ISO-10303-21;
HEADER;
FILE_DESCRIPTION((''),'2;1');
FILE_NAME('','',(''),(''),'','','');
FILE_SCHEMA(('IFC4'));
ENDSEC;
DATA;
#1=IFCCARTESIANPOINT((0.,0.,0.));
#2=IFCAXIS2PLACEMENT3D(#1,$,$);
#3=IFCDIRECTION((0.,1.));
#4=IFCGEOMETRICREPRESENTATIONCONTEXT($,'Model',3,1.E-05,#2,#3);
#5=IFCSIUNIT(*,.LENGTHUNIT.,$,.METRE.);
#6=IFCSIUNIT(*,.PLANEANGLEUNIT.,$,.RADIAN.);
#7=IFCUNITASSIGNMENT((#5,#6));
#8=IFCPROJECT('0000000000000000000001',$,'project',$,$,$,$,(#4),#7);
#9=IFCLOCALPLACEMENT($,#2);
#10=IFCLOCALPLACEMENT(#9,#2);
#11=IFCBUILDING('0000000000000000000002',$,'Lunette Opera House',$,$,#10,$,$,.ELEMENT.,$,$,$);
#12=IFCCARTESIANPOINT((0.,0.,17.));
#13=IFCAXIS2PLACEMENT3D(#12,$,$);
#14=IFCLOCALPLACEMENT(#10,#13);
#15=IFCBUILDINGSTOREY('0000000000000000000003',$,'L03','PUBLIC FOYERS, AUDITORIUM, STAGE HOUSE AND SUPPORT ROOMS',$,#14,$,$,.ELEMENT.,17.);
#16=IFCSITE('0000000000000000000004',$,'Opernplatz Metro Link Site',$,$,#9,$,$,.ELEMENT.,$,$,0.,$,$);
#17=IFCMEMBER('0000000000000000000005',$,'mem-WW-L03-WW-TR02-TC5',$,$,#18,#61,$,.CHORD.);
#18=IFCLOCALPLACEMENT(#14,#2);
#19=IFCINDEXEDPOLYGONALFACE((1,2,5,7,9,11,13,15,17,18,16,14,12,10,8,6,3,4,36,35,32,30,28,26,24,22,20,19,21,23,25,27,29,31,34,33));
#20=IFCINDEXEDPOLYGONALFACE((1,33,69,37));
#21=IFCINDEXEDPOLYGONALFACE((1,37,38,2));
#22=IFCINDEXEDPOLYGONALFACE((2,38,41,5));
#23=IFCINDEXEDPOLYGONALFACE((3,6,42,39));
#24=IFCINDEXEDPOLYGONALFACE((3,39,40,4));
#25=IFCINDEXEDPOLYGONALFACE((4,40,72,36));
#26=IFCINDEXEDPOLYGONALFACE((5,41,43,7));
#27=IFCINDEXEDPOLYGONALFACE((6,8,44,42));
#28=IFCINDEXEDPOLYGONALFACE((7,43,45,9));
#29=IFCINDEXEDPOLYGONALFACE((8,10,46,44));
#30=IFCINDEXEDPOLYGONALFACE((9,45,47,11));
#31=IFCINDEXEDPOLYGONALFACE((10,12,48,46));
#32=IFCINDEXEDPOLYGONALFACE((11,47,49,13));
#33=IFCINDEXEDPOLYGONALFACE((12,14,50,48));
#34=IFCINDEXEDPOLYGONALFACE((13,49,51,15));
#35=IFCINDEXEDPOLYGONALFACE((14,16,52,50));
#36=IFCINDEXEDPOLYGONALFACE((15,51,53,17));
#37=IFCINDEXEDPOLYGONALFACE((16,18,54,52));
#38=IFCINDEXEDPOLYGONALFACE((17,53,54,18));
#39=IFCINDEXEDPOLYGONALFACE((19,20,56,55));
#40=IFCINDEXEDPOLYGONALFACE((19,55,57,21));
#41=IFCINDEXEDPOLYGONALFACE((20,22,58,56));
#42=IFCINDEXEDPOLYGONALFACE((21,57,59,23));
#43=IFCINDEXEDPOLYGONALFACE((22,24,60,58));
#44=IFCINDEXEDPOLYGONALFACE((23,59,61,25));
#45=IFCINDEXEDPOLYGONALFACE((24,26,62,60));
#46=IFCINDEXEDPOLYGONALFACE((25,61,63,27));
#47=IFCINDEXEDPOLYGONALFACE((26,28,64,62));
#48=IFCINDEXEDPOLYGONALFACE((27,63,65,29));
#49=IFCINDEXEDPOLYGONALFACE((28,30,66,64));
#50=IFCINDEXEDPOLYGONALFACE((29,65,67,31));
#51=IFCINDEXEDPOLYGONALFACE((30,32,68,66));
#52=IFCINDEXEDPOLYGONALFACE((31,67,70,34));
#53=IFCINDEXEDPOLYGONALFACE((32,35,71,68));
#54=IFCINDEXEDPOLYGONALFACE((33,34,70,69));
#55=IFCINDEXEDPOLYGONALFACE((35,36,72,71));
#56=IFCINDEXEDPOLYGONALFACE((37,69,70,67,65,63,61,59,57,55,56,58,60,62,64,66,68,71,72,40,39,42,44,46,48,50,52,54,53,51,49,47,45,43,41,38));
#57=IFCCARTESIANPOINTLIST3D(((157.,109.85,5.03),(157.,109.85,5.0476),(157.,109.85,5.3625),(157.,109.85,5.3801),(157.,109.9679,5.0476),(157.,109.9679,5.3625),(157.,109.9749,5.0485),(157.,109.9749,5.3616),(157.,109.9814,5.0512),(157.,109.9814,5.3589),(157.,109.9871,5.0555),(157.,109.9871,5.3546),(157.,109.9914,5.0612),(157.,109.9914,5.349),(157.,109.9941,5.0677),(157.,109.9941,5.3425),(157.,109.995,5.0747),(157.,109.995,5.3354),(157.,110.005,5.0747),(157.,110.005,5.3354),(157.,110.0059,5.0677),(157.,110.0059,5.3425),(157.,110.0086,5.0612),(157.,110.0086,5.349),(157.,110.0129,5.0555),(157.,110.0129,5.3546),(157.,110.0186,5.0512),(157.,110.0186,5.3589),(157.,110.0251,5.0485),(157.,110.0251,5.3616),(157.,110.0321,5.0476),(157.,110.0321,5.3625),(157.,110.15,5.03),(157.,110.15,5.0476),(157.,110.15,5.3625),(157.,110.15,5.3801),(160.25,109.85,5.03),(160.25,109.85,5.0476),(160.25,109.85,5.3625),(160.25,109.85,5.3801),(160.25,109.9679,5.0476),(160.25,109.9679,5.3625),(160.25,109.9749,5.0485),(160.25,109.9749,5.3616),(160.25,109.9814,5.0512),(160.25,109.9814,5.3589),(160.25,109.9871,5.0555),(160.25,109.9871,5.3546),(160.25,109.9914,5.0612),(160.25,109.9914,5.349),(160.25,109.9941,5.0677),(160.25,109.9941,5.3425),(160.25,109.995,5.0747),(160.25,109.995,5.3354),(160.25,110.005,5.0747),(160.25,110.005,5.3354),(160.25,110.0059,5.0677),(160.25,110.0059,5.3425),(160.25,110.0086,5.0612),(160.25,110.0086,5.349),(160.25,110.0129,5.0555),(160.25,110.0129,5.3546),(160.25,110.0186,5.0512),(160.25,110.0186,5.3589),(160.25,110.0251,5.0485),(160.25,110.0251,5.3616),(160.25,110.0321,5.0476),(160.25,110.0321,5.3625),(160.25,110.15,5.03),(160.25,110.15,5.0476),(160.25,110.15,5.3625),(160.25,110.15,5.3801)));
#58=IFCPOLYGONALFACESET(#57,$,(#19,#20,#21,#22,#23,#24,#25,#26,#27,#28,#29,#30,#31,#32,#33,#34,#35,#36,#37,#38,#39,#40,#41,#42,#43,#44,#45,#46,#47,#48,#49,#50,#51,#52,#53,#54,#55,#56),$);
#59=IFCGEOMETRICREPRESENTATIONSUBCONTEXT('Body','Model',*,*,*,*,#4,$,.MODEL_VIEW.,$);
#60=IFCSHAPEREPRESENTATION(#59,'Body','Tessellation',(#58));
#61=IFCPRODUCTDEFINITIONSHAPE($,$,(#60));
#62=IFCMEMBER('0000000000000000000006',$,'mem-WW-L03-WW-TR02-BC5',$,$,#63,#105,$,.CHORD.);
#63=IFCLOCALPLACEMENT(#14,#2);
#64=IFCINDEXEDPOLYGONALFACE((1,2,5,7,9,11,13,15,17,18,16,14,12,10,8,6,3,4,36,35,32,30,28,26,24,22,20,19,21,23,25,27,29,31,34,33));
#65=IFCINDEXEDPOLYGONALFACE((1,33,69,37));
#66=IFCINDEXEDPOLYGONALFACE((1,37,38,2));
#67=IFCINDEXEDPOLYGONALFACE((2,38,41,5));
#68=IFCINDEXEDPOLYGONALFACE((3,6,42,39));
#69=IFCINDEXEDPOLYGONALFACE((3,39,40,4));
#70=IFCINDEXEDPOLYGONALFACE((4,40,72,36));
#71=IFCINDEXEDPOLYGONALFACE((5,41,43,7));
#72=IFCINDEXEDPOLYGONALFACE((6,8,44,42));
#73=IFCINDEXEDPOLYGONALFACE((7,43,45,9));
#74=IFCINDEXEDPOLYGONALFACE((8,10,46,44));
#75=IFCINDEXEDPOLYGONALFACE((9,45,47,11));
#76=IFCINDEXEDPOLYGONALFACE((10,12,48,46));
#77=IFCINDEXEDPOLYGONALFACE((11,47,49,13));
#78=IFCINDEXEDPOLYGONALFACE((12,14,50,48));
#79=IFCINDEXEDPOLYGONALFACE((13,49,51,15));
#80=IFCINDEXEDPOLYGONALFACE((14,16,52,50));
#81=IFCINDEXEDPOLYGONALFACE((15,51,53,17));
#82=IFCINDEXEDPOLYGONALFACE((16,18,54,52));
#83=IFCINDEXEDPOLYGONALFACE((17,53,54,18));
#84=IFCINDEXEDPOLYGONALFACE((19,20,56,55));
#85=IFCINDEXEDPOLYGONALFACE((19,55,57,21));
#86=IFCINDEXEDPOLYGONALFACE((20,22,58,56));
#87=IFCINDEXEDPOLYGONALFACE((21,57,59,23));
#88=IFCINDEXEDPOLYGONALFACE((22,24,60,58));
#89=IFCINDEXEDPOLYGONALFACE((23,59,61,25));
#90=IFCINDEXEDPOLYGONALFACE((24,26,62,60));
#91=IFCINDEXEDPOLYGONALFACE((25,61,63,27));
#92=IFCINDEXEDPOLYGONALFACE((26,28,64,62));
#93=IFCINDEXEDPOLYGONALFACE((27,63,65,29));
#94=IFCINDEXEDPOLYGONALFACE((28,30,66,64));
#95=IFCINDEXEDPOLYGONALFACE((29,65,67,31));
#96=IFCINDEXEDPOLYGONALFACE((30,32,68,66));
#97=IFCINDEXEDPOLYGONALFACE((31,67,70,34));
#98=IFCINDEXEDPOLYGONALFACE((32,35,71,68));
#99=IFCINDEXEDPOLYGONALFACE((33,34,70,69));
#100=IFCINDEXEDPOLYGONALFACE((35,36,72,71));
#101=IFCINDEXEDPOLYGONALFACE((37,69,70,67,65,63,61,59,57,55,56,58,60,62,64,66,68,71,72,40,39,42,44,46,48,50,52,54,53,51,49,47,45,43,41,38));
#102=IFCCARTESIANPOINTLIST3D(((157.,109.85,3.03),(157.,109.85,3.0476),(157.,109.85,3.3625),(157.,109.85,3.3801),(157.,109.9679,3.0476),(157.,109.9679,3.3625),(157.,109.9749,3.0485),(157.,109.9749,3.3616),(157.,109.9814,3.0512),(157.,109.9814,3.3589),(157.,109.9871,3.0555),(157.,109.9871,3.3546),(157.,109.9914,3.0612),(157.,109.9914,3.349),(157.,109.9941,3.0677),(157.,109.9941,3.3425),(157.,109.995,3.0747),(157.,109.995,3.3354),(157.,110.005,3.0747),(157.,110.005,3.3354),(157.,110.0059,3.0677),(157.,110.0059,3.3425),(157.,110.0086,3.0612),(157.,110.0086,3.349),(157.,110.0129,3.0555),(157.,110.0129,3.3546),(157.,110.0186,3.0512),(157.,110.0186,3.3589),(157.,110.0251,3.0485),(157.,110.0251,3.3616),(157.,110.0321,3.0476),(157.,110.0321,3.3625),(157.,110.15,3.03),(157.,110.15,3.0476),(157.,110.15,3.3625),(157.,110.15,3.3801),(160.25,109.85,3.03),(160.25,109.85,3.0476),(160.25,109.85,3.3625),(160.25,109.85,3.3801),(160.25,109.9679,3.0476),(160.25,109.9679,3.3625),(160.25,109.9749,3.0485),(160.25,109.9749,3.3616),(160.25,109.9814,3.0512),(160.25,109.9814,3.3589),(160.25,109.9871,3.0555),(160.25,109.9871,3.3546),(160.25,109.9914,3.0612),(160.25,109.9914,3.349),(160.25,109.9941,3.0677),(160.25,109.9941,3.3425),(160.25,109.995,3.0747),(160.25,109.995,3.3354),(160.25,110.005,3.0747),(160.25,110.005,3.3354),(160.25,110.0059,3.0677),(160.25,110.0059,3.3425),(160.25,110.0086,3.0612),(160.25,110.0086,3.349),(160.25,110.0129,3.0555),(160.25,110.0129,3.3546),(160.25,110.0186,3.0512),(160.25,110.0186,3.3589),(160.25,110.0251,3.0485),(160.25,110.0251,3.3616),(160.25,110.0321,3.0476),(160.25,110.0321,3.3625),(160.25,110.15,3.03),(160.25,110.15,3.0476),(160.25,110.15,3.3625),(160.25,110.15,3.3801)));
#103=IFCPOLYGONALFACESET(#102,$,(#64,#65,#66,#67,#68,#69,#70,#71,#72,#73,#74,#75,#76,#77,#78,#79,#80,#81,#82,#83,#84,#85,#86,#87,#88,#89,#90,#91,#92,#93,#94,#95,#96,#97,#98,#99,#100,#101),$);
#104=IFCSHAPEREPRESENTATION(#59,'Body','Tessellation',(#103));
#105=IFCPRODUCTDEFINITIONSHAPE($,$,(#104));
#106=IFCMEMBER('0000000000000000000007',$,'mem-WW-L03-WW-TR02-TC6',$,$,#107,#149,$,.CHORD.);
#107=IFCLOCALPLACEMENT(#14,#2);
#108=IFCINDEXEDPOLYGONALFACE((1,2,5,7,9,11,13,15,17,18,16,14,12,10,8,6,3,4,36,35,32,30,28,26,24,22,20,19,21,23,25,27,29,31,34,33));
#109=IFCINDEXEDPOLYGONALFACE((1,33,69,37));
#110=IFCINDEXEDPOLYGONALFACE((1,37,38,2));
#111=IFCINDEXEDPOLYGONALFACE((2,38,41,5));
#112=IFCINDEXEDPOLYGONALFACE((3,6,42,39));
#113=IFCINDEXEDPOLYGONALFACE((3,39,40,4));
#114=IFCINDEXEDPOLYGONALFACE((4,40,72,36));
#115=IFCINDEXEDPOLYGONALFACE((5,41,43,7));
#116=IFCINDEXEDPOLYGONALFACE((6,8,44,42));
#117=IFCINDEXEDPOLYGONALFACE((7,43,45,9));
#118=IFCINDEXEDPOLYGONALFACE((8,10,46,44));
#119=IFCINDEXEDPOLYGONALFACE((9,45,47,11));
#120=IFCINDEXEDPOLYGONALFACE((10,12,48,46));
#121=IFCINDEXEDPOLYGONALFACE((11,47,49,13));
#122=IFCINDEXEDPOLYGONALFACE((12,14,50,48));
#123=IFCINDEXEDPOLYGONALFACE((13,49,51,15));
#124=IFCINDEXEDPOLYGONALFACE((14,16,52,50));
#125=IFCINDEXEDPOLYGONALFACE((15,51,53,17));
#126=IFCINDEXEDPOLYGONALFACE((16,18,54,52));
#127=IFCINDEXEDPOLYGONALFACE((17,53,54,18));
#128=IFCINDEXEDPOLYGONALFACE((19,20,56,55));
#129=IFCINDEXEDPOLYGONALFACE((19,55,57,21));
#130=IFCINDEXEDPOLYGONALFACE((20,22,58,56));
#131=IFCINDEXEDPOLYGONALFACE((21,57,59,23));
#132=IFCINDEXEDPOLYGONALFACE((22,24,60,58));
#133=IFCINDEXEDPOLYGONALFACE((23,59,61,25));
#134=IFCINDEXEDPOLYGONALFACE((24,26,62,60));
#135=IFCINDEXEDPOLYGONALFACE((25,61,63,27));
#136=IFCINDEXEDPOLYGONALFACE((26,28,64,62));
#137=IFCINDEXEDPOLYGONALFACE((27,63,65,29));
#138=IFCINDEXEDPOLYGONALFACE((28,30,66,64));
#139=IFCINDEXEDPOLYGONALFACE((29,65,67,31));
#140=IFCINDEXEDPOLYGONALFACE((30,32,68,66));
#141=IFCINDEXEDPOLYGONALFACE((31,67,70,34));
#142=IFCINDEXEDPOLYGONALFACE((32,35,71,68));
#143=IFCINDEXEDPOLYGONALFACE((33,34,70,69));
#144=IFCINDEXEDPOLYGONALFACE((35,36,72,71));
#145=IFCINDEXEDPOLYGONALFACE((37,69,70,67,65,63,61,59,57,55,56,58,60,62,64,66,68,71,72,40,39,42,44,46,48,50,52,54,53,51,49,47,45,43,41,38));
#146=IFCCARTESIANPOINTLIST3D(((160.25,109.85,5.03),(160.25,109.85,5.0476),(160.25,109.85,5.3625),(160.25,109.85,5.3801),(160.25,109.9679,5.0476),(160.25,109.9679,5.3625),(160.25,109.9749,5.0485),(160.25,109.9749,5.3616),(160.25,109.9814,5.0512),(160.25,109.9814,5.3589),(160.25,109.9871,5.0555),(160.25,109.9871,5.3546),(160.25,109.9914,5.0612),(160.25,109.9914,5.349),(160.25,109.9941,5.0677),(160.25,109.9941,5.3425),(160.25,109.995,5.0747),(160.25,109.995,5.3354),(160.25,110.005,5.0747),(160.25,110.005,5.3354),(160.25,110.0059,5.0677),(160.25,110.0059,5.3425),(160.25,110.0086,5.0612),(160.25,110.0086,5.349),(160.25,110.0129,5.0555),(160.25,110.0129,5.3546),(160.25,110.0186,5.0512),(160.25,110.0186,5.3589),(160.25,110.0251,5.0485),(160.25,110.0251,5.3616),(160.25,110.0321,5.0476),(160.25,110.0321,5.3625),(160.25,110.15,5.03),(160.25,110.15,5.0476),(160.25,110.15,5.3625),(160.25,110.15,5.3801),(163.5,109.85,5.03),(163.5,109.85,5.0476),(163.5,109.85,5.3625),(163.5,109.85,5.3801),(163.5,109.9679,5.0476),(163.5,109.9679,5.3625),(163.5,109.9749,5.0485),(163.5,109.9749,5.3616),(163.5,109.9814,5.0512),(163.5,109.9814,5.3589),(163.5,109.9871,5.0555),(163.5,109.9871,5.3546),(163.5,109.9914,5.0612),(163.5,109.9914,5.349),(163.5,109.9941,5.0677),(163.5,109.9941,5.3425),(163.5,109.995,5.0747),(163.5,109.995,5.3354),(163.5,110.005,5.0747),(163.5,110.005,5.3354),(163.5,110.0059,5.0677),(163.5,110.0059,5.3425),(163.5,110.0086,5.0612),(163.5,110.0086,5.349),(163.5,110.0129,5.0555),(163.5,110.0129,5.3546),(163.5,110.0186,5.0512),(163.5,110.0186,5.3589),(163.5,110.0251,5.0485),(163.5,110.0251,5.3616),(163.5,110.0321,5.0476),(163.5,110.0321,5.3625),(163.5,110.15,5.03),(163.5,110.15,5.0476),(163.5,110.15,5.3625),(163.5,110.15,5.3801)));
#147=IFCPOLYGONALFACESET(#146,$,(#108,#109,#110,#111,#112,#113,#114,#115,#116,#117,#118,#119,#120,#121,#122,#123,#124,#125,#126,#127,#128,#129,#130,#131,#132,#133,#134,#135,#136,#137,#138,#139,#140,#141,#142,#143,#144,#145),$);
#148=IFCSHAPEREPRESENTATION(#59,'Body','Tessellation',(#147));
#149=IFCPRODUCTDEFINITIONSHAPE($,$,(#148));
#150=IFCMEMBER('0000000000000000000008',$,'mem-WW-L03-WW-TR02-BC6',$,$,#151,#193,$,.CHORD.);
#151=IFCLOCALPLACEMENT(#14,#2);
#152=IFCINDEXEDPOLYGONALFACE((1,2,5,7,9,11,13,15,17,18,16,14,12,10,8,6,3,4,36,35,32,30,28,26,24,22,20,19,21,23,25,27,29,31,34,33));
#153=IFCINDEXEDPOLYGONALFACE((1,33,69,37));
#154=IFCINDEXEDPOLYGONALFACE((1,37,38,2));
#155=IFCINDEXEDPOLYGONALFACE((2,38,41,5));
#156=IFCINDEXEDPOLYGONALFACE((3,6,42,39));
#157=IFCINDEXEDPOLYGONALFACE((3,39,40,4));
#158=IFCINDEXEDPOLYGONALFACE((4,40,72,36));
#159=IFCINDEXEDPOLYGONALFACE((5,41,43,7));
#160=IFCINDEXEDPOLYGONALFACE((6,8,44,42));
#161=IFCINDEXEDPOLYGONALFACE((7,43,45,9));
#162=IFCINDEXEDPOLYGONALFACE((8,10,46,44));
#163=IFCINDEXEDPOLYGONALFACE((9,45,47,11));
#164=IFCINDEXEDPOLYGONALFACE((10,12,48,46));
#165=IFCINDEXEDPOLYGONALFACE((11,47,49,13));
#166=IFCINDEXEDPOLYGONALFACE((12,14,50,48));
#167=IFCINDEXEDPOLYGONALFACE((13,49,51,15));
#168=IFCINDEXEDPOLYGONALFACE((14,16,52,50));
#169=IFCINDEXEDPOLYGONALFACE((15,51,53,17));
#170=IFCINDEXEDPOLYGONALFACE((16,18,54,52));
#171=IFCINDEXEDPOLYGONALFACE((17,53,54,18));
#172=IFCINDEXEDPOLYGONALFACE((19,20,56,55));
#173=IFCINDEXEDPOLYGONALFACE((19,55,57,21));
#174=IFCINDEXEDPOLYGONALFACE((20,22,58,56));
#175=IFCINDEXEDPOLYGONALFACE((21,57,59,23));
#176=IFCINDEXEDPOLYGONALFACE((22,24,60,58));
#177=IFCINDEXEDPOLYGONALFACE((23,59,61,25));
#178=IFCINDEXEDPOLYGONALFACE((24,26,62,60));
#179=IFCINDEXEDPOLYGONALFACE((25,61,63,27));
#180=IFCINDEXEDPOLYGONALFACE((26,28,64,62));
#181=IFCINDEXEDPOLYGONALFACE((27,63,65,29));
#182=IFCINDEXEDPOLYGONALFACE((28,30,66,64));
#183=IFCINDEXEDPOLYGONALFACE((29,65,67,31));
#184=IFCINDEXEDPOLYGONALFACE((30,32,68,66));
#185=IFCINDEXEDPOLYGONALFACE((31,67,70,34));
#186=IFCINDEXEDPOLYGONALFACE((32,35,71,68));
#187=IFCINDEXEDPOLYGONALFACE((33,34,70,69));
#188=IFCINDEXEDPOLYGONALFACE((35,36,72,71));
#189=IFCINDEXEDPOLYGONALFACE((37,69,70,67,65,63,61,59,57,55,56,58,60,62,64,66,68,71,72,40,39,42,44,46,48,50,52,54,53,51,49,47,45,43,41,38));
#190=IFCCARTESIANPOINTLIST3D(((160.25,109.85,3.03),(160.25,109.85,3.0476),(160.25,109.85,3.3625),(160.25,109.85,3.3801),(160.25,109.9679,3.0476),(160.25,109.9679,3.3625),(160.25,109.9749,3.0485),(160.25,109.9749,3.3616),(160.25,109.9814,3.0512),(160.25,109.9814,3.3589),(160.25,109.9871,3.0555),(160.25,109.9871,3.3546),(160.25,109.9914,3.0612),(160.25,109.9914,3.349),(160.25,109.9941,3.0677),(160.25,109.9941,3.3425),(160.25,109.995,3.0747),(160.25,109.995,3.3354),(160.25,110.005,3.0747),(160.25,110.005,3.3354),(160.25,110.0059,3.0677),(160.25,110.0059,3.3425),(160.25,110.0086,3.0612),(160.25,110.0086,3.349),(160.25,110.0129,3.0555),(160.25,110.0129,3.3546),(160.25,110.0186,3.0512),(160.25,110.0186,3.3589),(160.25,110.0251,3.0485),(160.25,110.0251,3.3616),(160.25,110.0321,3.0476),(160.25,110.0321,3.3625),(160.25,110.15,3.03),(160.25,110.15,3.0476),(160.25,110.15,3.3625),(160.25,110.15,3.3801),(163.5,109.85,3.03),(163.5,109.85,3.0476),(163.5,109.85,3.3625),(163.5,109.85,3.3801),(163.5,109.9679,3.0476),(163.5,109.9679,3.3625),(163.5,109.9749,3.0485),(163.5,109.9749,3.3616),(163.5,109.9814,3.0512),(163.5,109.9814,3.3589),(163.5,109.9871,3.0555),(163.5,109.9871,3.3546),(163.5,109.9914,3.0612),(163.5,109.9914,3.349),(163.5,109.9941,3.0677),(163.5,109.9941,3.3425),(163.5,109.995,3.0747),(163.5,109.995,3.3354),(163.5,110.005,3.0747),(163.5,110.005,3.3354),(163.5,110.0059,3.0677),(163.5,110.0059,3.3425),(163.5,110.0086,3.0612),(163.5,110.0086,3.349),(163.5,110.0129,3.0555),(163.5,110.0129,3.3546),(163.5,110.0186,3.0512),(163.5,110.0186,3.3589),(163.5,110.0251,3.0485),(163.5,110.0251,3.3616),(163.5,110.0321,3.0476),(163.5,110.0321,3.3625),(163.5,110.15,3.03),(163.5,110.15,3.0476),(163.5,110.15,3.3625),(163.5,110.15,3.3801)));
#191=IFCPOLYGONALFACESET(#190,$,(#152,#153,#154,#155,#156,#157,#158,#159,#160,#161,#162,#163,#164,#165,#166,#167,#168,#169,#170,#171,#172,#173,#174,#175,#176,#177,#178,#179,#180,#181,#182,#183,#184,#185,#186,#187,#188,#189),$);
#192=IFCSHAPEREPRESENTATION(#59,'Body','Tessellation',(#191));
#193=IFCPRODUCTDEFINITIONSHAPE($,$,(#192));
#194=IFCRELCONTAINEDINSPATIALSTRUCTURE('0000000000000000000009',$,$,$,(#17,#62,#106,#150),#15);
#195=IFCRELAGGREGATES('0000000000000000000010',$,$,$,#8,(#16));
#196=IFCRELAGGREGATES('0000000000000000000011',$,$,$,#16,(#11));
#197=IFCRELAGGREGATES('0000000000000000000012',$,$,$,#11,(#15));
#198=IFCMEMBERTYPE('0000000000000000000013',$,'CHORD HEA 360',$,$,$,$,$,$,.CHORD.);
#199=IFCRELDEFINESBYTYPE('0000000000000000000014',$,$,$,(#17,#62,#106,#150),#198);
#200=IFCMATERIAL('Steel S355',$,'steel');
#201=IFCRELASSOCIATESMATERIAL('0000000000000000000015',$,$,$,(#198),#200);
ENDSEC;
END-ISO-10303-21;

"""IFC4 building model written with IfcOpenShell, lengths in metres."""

from ifc_helpers import new_model, si_unit, direction, frame, origin, origin_2d, place, context, subcontext, project, spatial, i_section, extrude, material, material_profile, profile_set, type_object, element, save


model = new_model("IFC4")

# Units and contexts
model_context = context("Model", 3, precision=1e-05, world=origin(), true_north=direction((0.0, 1.0)))
body_context = subcontext(model_context, "Body", "Model", "MODEL_VIEW")
ifc_project = project(units=[si_unit("LENGTHUNIT", "METRE"), si_unit("PLANEANGLEUNIT", "RADIAN")], contexts=[model_context])

# Site, building, storey
site_placement = place(None, origin())
site = spatial("IfcSite", under=ifc_project, at=site_placement, Name="Opernplatz Metro Link Site", CompositionType="ELEMENT", RefElevation=0.0)
building_placement = place(site_placement, origin())
building = spatial("IfcBuilding", under=site, at=building_placement, Name="Lunette Opera House", CompositionType="ELEMENT")
storey_placement = place(building_placement, frame((0.0, 0.0, 17.0)))
storey = spatial("IfcBuildingStorey", under=building, at=storey_placement, Name="L03", Description="PUBLIC FOYERS, AUDITORIUM, STAGE HOUSE AND SUPPORT ROOMS", CompositionType="ELEMENT", Elevation=17.0)

# Members
ifc_material_1 = material(Name="Steel S355", Category="steel")
ifc_material_profile_1 = material_profile(ifc_material_1, i_section(OverallWidth=0.3, OverallDepth=0.3501, WebThickness=0.01, FlangeThickness=0.0176, FilletRadius=0.0271, at=origin_2d()), Name="HEA 360")
ifc_profile_set_1 = profile_set([ifc_material_profile_1], Name="Steel S355")
member_type_1 = type_object("IfcMemberType", Name="CHORD HEA 360", PredefinedType="CHORD", material=ifc_profile_set_1)
for number, where, z_axis, x_axis, name in (
    (1, (157.0, 110.0, 5.2051), (1.0, 0.0, 0.0), (0.0, 1.0, 0.0), "mem-WW-L03-WW-TR02-TC5"),
    (2, (157.0, 110.0, 3.2051), (1.0, 0.0, 0.0), (0.0, 1.0, 0.0), "mem-WW-L03-WW-TR02-BC5"),
    (3, (160.25, 110.0, 5.2051), (1.0, 0.0, 0.0), (0.0, 1.0, 0.0), "mem-WW-L03-WW-TR02-TC6"),
    (4, (160.25, 110.0, 3.2051), (1.0, 0.0, 0.0), (0.0, 1.0, 0.0), "mem-WW-L03-WW-TR02-BC6"),
):
    element("IfcMember", number, at=place(storey_placement, frame(where, z_axis=z_axis, x_axis=x_axis)), inside=storey, type_object=member_type_1, Name=name, PredefinedType="CHORD", context=body_context, shape_type="SweptSolid", body=[
        extrude(i_section(OverallWidth=0.3, OverallDepth=0.3501, WebThickness=0.01, FlangeThickness=0.0176, FilletRadius=0.0271, at=origin_2d()), origin(), (0.0, 0.0, 1.0), 3.25),
    ])

save(model, "model.ifc")
